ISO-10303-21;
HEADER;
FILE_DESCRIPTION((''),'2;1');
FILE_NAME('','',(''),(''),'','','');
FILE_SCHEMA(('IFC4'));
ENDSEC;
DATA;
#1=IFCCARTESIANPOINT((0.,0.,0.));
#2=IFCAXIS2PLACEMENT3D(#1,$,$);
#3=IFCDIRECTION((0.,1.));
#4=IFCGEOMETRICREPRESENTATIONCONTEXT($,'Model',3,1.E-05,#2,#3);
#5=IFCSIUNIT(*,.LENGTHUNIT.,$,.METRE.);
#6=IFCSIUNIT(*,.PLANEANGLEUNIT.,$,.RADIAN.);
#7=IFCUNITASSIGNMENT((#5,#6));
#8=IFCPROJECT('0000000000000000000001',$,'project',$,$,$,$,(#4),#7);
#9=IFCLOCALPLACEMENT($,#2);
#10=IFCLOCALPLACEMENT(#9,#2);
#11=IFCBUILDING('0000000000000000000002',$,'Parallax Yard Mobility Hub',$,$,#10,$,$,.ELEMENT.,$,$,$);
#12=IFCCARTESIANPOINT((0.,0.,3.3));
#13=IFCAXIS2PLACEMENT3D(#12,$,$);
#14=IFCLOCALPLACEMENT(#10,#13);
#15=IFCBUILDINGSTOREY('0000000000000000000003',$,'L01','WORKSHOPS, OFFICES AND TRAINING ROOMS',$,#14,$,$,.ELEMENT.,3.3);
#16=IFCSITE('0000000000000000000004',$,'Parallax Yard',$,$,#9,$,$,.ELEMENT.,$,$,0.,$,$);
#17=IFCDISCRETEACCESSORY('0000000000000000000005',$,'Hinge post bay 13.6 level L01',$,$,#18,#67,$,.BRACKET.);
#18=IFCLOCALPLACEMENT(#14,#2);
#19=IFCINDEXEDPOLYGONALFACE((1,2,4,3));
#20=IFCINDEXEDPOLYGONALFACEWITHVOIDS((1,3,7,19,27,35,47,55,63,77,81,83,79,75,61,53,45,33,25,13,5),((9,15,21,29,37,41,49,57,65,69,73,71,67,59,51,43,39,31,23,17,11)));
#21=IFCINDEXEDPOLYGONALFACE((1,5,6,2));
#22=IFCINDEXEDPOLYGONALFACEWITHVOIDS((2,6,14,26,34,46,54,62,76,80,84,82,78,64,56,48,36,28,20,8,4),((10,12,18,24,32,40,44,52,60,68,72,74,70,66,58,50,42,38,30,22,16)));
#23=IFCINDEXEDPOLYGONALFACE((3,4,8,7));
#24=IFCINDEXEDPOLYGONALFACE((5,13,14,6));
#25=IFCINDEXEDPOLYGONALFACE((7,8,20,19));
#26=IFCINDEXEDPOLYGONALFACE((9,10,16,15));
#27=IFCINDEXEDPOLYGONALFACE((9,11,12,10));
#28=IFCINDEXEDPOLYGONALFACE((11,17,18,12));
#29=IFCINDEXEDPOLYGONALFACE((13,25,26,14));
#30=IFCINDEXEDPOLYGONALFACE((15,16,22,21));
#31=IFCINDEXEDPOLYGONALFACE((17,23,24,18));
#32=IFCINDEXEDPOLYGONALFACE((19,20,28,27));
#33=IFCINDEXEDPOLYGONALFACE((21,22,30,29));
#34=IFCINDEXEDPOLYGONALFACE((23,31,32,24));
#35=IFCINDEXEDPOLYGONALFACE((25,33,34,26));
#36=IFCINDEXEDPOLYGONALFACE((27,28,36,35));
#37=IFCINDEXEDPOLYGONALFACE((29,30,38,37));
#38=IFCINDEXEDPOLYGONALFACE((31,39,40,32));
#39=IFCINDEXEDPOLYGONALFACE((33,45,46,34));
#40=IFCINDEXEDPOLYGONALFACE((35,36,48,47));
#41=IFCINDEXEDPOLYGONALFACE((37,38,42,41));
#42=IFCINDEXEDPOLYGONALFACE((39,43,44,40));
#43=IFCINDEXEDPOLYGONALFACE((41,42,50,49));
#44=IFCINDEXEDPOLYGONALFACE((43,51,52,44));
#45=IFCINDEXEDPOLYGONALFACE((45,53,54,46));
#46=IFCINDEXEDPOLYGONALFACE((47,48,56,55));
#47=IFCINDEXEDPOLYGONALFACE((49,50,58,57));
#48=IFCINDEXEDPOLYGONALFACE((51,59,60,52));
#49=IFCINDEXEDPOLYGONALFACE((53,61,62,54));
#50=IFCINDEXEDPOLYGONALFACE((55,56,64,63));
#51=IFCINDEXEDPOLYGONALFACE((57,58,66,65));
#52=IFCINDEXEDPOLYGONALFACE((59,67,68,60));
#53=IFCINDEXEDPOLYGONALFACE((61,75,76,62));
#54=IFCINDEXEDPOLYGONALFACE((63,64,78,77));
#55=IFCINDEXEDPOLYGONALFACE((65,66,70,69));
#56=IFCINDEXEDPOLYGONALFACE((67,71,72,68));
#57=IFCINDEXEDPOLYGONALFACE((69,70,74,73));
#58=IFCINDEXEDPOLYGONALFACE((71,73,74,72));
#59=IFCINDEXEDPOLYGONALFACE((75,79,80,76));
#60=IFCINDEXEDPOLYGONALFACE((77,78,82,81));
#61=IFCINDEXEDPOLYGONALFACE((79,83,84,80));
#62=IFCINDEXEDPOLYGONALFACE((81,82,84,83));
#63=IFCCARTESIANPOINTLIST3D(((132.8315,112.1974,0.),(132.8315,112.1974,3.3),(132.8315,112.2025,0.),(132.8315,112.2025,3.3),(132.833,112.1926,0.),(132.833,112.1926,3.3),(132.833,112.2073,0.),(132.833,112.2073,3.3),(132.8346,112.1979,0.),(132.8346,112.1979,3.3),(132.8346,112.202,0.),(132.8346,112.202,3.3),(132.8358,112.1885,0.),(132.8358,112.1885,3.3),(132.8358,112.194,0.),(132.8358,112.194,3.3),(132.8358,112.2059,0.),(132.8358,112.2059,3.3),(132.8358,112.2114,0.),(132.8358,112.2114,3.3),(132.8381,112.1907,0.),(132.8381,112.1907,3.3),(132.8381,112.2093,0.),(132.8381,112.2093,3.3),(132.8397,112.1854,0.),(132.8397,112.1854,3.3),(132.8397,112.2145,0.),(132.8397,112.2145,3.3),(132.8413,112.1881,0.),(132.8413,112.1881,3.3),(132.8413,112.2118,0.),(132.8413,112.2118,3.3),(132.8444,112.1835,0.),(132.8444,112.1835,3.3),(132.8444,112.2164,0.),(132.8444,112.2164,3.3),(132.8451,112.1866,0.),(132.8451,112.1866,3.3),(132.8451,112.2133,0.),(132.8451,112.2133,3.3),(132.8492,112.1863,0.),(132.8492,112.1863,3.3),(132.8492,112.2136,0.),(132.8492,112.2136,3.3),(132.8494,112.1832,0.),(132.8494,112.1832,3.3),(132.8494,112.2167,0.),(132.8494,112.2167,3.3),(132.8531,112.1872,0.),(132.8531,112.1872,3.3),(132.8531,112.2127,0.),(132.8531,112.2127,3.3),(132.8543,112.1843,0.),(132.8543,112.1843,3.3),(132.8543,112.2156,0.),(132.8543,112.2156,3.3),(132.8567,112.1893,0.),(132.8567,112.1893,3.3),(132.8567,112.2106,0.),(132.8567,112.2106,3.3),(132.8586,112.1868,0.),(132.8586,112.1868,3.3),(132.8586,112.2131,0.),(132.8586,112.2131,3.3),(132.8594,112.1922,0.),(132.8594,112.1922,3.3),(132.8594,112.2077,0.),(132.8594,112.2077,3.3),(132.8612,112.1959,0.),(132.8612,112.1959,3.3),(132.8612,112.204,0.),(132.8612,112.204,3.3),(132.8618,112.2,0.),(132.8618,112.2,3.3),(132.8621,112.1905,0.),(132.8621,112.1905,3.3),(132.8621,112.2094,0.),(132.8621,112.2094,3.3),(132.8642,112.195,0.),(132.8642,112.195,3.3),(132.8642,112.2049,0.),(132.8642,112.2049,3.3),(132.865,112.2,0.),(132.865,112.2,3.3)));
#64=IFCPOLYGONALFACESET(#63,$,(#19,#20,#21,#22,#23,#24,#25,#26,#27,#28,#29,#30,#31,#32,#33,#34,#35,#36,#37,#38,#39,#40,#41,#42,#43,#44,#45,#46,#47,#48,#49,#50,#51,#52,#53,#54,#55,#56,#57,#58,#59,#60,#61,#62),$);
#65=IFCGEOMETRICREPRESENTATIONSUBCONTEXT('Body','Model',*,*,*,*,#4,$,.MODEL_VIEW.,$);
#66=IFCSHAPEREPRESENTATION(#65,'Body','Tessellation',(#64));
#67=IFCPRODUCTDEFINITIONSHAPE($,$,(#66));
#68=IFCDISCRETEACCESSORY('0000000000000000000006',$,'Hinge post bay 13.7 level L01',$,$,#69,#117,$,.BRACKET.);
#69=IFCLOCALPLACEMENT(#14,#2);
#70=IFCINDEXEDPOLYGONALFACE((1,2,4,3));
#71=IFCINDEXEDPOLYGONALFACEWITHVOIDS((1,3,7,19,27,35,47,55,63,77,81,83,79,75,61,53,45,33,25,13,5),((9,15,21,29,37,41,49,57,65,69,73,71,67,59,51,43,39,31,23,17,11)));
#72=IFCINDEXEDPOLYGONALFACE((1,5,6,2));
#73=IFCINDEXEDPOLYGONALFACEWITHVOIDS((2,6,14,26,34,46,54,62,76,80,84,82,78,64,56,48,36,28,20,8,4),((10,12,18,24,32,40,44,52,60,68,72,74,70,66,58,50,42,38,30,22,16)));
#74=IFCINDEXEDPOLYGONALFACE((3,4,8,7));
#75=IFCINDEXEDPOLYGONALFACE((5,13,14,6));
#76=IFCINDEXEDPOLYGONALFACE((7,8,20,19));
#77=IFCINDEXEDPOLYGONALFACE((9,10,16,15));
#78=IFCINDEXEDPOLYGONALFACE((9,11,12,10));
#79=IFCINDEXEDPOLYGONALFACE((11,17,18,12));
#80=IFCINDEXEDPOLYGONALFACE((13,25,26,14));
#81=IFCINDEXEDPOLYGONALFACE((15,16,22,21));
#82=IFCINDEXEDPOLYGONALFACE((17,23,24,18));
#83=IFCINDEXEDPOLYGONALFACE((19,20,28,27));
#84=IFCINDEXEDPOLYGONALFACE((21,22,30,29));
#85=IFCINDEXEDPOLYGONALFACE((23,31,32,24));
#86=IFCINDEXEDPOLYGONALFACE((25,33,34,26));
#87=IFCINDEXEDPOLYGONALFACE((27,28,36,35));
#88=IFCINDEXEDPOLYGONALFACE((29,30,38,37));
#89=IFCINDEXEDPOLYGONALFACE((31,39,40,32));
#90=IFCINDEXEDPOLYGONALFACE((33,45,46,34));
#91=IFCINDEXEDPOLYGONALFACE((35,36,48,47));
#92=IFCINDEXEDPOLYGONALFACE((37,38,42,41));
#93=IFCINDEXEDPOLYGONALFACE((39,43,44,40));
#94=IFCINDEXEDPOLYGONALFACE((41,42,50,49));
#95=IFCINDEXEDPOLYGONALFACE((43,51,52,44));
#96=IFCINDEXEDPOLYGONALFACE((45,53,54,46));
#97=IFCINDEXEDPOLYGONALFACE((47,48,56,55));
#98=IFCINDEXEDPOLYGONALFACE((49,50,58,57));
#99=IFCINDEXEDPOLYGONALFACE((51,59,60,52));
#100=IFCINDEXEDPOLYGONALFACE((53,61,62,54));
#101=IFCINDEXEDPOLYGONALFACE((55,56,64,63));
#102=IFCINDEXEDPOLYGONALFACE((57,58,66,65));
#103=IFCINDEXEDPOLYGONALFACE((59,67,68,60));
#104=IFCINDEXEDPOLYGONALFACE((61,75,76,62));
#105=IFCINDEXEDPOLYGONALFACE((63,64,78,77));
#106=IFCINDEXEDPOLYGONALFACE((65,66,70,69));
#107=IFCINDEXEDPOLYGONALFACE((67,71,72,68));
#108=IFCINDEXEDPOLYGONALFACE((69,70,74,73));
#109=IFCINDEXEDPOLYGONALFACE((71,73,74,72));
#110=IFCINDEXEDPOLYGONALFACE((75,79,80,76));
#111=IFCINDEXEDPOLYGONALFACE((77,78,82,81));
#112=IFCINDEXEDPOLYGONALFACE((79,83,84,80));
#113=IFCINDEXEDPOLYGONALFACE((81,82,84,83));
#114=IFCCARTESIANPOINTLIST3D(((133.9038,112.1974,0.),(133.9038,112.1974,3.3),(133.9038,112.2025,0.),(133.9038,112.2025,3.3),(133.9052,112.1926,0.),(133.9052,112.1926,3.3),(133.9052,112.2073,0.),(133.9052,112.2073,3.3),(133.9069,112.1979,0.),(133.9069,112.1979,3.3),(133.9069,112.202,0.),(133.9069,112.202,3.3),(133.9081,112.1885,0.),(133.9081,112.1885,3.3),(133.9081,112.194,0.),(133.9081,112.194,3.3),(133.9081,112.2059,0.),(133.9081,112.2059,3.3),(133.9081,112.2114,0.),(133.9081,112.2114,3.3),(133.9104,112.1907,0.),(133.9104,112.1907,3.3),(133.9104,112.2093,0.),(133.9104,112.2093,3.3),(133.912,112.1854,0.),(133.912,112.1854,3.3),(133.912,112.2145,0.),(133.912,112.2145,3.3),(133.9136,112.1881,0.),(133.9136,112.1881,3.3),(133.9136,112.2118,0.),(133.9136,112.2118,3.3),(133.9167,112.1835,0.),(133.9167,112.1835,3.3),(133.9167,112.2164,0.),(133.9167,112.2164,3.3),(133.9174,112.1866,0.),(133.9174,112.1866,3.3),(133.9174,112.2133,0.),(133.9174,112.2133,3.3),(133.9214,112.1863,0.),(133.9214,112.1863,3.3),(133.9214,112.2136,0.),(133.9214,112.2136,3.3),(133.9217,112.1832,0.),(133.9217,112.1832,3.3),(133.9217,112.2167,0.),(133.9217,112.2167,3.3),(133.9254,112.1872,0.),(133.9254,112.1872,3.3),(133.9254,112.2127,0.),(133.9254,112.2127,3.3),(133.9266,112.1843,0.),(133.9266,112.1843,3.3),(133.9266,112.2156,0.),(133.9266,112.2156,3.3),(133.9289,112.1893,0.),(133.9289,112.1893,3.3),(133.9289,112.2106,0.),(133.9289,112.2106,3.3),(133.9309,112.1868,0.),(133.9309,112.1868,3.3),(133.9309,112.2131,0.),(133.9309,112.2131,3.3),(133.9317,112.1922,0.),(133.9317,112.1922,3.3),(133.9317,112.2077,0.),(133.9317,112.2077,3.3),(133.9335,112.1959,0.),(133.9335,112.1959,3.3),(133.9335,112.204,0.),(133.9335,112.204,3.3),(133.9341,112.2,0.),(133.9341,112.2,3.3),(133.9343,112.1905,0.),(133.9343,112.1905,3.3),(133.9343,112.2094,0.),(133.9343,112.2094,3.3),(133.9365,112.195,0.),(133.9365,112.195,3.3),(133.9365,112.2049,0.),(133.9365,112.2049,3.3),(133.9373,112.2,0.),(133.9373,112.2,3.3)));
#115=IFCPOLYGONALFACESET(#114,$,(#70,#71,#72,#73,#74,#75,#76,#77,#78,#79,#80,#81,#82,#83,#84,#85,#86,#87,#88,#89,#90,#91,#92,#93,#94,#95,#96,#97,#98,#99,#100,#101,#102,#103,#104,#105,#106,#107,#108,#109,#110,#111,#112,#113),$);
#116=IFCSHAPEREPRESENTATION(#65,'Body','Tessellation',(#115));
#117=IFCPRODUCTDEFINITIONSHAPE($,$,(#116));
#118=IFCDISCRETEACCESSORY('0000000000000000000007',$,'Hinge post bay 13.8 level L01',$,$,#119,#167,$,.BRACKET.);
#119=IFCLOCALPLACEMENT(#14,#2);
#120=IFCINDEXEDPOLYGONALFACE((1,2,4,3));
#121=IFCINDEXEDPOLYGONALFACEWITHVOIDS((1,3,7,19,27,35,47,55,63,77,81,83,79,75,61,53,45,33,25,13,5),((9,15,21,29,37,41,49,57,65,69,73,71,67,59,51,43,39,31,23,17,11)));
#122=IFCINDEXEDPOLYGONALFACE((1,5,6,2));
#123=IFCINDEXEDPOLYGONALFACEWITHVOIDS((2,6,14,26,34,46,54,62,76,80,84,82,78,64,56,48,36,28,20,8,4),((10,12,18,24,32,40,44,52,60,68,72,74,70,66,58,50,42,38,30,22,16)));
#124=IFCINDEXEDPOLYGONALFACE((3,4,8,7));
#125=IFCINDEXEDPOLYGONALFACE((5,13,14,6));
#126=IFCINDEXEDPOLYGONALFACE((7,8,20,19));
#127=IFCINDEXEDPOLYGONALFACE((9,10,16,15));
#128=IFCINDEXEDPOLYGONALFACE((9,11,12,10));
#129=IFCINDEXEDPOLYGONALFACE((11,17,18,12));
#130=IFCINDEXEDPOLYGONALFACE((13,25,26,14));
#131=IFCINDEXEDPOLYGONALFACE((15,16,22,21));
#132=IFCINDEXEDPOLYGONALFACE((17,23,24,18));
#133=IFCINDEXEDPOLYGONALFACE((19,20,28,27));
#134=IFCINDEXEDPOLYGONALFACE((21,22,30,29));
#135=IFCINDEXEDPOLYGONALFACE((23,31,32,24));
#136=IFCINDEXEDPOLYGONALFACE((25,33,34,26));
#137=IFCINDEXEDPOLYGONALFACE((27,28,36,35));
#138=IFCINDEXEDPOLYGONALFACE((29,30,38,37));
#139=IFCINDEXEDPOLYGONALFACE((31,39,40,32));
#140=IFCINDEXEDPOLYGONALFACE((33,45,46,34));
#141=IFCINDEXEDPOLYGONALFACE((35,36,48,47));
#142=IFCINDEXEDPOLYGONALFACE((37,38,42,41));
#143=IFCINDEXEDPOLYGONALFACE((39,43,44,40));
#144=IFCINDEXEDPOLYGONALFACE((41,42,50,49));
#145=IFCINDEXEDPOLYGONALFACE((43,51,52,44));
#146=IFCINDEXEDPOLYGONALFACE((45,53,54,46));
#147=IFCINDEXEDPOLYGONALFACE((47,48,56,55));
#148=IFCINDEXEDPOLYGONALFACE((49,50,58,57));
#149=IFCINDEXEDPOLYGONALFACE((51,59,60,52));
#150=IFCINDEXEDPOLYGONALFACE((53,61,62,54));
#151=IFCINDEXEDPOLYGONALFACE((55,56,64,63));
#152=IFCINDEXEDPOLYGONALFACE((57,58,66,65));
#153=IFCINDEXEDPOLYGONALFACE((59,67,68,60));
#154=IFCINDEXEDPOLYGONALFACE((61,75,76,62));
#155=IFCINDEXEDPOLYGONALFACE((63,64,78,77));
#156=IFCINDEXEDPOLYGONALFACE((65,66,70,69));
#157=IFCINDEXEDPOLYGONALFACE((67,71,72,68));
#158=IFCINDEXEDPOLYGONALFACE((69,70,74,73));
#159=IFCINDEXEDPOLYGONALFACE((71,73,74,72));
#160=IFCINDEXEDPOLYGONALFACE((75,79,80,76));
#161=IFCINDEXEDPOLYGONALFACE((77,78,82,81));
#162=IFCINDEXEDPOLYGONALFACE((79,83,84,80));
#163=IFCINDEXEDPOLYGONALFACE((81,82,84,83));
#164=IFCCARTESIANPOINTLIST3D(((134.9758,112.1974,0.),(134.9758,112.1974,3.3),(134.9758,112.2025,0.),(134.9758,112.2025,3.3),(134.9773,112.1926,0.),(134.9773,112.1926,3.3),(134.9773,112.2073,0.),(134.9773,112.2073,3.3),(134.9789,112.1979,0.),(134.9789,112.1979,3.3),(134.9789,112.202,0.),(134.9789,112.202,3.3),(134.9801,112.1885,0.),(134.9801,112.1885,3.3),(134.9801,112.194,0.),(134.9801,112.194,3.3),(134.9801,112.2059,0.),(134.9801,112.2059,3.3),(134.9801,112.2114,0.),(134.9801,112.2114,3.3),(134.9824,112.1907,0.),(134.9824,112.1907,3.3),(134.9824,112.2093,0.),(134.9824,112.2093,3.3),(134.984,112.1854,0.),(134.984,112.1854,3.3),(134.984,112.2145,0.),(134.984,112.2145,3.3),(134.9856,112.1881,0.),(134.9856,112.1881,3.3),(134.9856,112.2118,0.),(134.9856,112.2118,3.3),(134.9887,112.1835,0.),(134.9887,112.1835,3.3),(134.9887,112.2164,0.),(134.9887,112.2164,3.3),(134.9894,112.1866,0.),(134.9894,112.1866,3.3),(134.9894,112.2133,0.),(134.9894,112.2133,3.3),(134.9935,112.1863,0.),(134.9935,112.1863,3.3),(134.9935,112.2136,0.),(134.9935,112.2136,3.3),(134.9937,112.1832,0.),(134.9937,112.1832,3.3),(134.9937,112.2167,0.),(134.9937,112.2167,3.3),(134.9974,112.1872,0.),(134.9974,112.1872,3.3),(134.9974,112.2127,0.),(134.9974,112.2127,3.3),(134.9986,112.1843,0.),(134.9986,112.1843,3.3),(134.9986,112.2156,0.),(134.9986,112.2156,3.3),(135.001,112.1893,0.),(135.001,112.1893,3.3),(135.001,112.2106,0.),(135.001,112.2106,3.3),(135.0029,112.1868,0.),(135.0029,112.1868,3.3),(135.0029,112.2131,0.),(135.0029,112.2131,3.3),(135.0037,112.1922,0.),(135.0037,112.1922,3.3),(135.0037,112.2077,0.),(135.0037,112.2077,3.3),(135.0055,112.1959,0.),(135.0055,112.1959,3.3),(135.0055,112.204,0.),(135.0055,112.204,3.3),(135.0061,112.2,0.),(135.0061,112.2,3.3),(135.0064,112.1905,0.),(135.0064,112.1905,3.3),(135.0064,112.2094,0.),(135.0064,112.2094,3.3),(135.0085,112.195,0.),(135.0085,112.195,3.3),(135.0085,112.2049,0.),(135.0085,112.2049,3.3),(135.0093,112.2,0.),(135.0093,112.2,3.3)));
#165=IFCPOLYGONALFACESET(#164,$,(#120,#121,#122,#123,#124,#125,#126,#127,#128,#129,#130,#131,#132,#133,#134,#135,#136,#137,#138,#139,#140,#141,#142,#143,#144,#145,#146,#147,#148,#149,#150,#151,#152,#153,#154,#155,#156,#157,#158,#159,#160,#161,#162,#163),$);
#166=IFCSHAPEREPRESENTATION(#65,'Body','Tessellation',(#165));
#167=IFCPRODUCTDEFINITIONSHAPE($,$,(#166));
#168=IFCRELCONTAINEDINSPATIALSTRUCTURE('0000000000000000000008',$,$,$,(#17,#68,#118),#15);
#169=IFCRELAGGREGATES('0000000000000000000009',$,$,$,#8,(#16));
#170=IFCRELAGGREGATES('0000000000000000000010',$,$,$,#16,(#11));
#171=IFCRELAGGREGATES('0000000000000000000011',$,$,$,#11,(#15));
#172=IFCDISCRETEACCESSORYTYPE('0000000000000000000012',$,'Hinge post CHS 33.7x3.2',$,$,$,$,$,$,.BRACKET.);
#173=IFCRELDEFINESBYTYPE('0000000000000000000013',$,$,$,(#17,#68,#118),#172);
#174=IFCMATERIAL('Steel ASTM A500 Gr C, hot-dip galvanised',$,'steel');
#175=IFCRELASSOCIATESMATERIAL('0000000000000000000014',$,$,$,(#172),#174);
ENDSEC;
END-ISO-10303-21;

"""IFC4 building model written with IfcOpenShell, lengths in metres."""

from ifc_helpers import new_model, si_unit, direction, frame, origin, origin_2d, place, context, subcontext, project, spatial, hollow_circle, extrude, material, material_profile, profile_set, type_object, element, save


model = new_model("IFC4")

# Units and contexts
model_context = context("Model", 3, precision=1e-05, world=origin(), true_north=direction((0.0, 1.0)))
body_context = subcontext(model_context, "Body", "Model", "MODEL_VIEW")
ifc_project = project(units=[si_unit("LENGTHUNIT", "METRE"), si_unit("PLANEANGLEUNIT", "RADIAN")], contexts=[model_context])

# Site, building, storey
site_placement = place(None, origin())
site = spatial("IfcSite", under=ifc_project, at=site_placement, Name="Parallax Yard", CompositionType="ELEMENT", RefElevation=0.0)
building_placement = place(site_placement, origin())
building = spatial("IfcBuilding", under=site, at=building_placement, Name="Parallax Yard Mobility Hub", CompositionType="ELEMENT")
storey_placement = place(building_placement, frame((0.0, 0.0, 3.3)))
storey = spatial("IfcBuildingStorey", under=building, at=storey_placement, Name="L01", Description="WORKSHOPS, OFFICES AND TRAINING ROOMS", CompositionType="ELEMENT", Elevation=3.3)

# Discrete accessories
ifc_material_1 = material(Name="Steel ASTM A500 Gr C, hot-dip galvanised", Category="steel")
ifc_material_profile_1 = material_profile(ifc_material_1, hollow_circle(Radius=0.0168, WallThickness=0.0032, at=origin_2d()), Name="CHS 33.7x3.2")
ifc_profile_set_1 = profile_set([ifc_material_profile_1], Name="Steel ASTM A500 Gr C, hot-dip galvanised")
discrete_accessory_type_1 = type_object("IfcDiscreteAccessoryType", Name="Hinge post CHS 33.7x3.2", PredefinedType="BRACKET", material=ifc_profile_set_1)
for number, where, z_axis, x_axis, name in (
    (1, (132.8481, 112.2, 0.0), (0.0, 0.0, 1.0), (1.0, 0.0, 0.0), "Hinge post bay 13.6 level L01"),
    (2, (133.9204, 112.2, 0.0), (0.0, 0.0, 1.0), (1.0, 0.0, 0.0), "Hinge post bay 13.7 level L01"),
    (3, (134.9924, 112.2, 0.0), (0.0, 0.0, 1.0), (1.0, 0.0, 0.0), "Hinge post bay 13.8 level L01"),
):
    element("IfcDiscreteAccessory", number, at=place(storey_placement, frame(where, z_axis=z_axis, x_axis=x_axis)), inside=storey, type_object=discrete_accessory_type_1, Name=name, PredefinedType="BRACKET", context=body_context, shape_type="SweptSolid", body=[
        extrude(hollow_circle(Radius=0.0168, WallThickness=0.0032, at=origin_2d()), origin(), (0.0, 0.0, 1.0), 3.3),
    ])

save(model, "model.ifc")
